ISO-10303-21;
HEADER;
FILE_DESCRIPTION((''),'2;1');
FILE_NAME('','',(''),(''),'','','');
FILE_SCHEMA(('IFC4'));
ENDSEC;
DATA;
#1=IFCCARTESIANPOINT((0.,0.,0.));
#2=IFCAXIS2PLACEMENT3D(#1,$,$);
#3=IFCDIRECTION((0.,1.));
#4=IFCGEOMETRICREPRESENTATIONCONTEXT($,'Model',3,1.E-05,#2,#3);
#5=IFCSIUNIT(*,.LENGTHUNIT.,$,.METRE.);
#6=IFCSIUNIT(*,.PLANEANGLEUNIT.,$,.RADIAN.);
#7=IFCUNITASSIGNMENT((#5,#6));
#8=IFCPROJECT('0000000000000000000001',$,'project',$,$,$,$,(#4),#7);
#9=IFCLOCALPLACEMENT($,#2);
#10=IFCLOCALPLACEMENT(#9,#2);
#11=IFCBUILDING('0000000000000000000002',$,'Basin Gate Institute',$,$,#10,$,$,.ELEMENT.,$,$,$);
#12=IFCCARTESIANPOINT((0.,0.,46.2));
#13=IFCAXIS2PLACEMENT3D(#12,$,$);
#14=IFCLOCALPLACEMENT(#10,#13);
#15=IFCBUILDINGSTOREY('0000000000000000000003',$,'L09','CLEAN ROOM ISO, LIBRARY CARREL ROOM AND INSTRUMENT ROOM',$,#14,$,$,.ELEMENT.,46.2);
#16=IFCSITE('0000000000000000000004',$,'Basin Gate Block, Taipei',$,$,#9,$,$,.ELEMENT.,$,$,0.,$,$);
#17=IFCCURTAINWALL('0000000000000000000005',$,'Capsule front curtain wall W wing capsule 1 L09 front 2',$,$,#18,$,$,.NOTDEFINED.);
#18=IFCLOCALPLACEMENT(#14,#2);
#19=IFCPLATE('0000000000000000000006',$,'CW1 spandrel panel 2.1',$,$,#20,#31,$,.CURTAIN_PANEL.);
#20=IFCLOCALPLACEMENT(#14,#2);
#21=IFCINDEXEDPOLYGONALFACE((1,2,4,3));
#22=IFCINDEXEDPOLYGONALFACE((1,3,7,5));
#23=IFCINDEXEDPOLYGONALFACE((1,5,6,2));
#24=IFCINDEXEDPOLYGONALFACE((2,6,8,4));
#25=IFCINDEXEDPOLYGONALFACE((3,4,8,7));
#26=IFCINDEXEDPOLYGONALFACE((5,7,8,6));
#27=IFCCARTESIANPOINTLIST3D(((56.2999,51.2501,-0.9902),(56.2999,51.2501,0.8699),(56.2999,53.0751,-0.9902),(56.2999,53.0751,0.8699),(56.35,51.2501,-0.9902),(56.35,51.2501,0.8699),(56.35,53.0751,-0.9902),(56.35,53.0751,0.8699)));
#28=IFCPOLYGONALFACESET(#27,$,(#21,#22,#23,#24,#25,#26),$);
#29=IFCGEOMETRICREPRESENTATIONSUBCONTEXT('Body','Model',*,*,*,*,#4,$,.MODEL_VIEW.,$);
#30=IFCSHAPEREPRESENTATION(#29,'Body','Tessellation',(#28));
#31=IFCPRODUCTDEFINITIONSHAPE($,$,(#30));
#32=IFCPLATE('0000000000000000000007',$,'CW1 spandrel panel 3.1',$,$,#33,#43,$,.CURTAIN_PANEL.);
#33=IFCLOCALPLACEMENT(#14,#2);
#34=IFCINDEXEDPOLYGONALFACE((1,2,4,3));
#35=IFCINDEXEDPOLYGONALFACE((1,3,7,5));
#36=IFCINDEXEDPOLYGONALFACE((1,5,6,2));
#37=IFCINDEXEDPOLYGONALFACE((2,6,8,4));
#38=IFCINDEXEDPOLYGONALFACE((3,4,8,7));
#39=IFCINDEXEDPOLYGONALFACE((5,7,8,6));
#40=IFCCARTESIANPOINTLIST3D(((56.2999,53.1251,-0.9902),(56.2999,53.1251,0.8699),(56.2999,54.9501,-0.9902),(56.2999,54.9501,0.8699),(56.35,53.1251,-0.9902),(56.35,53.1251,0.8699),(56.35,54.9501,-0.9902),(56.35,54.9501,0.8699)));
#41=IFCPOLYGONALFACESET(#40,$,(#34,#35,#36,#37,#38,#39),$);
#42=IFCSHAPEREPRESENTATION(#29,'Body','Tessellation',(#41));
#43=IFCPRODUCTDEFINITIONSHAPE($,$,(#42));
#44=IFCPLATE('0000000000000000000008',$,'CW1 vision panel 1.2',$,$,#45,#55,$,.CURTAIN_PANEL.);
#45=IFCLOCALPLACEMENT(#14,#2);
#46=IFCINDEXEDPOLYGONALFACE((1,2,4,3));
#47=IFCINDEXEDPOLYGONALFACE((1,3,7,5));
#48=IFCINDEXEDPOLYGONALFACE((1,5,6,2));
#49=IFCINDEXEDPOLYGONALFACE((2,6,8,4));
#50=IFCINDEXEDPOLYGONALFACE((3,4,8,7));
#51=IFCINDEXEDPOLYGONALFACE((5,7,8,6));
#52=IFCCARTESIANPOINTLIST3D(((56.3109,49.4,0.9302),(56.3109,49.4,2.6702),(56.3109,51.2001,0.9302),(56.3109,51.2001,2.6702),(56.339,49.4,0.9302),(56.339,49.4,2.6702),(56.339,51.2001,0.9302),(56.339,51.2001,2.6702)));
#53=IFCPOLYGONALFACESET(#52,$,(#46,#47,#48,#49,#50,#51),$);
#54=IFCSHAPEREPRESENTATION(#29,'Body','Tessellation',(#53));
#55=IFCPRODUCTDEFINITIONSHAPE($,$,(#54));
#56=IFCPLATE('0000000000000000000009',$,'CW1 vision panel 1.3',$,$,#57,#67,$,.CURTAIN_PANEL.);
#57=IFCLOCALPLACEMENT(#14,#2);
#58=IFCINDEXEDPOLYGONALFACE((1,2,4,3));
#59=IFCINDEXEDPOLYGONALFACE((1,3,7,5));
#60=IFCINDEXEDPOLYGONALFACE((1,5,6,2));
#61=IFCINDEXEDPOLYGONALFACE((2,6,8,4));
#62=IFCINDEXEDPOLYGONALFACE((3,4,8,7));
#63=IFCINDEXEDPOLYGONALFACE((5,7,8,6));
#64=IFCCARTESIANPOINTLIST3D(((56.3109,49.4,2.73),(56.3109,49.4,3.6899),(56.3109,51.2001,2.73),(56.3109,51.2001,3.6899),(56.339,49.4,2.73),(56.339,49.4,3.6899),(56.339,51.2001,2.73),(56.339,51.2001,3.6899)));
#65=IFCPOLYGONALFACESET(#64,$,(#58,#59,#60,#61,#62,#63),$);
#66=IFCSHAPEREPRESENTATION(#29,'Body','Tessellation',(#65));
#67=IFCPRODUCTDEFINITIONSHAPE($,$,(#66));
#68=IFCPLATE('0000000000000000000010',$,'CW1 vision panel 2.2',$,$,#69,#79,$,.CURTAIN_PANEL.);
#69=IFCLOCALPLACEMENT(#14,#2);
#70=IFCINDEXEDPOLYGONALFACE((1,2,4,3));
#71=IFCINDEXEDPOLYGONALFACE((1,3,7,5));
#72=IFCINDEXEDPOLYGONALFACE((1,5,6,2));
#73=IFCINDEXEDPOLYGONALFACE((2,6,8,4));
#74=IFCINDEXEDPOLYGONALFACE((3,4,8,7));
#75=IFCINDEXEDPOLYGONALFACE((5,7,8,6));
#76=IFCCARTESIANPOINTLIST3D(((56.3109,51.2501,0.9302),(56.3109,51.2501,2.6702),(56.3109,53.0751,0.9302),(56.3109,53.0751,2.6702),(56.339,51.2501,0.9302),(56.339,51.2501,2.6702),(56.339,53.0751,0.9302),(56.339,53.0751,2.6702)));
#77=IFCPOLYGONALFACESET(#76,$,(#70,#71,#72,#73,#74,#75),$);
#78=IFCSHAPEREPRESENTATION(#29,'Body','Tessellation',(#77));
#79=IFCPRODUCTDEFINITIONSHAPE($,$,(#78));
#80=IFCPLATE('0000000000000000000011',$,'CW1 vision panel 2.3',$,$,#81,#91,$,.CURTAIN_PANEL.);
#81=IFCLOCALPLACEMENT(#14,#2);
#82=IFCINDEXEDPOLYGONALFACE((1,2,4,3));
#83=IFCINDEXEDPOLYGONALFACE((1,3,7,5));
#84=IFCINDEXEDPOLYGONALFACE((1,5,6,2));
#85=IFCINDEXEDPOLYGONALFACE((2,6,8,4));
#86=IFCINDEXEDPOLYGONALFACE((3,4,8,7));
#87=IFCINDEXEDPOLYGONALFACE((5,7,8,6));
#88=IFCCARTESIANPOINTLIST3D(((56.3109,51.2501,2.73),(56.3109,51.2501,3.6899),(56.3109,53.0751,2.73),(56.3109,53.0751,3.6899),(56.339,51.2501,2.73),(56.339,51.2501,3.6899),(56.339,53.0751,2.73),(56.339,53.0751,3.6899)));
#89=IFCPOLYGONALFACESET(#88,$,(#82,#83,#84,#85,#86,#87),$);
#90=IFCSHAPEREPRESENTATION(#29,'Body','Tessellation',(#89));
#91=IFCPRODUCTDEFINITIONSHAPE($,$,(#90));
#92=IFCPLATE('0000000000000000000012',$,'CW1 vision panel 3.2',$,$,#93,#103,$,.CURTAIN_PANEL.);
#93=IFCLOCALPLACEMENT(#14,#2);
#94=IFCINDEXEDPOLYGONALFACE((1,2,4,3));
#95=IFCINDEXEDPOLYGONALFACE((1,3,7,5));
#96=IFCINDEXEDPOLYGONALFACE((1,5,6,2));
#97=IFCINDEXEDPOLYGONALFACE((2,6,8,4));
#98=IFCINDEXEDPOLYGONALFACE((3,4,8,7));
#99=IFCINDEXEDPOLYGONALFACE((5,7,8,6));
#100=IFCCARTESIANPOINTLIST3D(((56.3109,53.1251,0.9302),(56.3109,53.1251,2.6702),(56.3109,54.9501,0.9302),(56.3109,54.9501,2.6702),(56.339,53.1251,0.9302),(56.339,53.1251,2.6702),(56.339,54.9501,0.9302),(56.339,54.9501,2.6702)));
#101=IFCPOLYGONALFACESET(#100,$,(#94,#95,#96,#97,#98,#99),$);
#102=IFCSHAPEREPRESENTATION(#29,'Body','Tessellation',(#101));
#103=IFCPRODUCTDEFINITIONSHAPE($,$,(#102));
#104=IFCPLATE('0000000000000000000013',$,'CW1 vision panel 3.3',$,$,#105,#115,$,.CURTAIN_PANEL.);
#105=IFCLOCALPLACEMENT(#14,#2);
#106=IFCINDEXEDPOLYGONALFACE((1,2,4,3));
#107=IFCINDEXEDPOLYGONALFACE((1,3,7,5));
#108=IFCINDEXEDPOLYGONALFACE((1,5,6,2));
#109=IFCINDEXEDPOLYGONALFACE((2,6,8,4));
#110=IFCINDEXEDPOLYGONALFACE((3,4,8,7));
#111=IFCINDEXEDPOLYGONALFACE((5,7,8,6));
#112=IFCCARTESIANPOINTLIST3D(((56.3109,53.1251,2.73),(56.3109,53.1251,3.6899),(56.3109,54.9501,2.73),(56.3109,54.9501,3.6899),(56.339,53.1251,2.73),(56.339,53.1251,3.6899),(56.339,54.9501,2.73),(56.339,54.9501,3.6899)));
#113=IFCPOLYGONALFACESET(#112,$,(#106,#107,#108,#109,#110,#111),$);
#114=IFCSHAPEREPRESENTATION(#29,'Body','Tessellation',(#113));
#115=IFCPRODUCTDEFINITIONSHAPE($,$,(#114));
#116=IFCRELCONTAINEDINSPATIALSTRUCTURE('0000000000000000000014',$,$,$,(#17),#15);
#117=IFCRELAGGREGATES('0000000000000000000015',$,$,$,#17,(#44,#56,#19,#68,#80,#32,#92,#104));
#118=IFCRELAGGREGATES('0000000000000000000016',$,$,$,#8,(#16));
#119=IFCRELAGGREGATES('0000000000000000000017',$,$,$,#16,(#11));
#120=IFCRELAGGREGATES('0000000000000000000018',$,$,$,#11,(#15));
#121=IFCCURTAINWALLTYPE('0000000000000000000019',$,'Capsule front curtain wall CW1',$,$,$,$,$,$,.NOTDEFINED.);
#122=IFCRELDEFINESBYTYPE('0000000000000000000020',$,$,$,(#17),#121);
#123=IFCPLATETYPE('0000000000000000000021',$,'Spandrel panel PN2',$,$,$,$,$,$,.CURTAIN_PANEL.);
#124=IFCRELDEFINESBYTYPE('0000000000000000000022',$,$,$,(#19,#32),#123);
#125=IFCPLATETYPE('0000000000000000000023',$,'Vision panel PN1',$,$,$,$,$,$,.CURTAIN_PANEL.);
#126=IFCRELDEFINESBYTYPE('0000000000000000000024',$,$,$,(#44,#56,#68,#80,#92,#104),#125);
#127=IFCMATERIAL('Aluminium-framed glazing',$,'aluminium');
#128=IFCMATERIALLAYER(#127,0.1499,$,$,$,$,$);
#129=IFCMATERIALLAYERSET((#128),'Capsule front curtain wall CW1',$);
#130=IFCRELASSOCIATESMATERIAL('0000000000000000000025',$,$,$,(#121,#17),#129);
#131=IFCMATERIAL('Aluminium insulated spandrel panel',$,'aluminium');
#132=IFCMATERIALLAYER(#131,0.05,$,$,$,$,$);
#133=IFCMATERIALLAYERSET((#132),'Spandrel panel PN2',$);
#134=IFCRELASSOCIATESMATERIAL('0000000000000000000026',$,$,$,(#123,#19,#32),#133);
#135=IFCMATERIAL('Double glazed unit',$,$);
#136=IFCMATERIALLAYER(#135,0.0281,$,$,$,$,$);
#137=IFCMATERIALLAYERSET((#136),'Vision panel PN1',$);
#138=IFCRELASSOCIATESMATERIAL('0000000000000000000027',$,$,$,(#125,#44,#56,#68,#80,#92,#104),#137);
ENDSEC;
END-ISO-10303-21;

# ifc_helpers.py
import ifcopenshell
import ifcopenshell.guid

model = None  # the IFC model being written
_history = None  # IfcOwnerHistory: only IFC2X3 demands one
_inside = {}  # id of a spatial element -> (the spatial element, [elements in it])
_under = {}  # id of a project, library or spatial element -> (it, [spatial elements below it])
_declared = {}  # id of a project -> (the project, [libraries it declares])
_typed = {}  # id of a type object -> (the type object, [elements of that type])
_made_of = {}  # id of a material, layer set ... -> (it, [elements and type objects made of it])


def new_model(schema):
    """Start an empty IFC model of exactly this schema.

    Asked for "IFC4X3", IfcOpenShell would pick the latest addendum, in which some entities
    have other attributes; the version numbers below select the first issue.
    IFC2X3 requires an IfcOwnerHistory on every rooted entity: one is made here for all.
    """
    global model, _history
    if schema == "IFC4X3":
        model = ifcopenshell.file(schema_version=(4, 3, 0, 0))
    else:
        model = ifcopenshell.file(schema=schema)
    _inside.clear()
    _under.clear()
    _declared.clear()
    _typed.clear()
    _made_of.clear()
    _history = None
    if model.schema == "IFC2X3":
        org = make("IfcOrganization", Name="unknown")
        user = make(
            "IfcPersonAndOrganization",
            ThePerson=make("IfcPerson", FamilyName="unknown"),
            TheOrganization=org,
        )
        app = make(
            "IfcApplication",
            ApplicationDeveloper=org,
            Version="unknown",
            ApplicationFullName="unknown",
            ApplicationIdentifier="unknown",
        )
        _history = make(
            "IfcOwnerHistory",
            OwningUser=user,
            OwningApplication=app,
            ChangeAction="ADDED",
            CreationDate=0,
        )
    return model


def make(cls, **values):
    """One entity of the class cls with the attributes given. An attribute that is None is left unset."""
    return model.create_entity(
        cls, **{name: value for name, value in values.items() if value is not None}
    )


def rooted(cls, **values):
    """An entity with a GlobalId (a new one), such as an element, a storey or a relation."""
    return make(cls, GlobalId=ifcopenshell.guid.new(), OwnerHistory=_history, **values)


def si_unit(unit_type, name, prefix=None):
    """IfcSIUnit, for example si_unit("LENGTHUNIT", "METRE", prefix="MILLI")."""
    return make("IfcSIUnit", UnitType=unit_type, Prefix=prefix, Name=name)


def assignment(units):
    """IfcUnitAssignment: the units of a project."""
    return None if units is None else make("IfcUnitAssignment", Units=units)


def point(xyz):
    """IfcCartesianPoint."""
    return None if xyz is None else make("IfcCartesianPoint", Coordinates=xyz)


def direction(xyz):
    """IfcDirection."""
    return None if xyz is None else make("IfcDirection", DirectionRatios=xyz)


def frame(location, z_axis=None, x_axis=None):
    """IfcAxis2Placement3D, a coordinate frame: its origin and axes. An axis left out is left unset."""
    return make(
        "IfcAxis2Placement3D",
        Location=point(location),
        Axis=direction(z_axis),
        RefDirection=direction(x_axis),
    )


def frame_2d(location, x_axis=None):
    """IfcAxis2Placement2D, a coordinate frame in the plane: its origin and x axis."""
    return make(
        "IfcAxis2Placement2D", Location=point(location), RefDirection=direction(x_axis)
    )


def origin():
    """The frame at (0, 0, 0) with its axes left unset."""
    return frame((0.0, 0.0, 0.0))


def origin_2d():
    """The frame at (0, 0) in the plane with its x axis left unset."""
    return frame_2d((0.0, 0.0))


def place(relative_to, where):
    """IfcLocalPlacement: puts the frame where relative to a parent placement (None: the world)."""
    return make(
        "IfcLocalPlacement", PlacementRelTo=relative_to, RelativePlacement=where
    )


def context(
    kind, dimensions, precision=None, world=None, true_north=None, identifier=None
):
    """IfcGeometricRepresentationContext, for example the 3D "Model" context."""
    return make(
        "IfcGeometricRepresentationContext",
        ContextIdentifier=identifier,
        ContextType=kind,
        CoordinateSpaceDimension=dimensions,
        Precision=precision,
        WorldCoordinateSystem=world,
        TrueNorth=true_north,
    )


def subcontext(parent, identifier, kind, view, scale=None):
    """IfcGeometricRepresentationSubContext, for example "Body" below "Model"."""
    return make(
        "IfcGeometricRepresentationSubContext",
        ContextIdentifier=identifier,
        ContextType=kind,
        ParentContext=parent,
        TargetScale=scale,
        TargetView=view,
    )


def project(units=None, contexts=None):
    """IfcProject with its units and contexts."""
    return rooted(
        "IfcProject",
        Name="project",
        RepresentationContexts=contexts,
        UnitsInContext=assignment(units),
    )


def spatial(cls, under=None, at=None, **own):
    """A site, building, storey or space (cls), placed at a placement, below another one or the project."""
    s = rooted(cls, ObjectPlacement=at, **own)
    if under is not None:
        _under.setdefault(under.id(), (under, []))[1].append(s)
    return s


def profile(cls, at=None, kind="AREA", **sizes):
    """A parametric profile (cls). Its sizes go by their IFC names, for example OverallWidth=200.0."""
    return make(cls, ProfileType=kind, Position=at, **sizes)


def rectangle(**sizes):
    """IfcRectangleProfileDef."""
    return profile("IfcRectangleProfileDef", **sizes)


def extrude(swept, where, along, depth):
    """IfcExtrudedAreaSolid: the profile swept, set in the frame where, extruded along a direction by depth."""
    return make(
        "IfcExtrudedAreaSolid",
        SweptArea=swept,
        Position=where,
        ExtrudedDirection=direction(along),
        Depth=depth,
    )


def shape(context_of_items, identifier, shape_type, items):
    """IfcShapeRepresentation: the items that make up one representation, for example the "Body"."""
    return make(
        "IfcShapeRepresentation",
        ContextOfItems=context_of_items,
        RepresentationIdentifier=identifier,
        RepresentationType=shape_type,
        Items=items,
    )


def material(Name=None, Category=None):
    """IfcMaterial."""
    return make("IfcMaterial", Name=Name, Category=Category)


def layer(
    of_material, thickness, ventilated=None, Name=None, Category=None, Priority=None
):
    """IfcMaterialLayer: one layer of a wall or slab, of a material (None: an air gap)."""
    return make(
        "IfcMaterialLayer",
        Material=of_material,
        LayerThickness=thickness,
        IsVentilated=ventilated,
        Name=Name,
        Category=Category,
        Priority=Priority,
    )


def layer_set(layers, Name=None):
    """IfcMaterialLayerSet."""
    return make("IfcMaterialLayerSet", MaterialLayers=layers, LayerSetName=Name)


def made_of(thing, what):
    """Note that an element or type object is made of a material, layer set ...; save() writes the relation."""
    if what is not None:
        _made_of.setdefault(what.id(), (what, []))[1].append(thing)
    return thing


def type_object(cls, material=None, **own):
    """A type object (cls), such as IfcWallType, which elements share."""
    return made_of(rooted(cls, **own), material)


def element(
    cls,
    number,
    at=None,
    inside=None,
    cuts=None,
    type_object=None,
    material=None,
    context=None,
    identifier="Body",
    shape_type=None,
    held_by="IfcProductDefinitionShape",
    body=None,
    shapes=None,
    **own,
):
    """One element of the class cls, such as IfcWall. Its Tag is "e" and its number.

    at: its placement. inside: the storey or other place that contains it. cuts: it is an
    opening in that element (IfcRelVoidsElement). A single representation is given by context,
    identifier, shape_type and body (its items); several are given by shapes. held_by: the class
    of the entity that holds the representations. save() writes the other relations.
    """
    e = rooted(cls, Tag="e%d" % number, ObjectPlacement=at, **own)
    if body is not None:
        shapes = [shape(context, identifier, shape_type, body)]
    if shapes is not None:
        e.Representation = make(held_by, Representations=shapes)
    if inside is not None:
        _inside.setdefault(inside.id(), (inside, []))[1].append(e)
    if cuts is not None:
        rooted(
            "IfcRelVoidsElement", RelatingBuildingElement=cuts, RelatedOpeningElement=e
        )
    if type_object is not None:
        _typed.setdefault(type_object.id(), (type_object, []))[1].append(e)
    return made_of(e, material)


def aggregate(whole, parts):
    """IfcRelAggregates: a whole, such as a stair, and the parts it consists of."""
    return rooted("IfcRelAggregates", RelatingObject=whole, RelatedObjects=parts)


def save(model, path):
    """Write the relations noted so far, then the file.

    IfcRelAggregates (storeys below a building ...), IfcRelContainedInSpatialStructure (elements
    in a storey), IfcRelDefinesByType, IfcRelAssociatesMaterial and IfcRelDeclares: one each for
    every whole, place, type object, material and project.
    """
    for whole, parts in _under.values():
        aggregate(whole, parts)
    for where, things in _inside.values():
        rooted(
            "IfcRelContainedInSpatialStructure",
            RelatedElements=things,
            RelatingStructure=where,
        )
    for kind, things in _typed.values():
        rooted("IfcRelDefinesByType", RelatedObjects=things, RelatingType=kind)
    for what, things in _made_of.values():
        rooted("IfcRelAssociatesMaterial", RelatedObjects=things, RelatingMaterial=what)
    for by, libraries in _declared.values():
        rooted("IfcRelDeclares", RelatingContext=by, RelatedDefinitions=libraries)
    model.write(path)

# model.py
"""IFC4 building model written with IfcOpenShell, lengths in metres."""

from ifc_helpers import new_model, si_unit, direction, frame, origin, origin_2d, place, context, subcontext, project, spatial, rectangle, extrude, material, layer, layer_set, type_object, element, aggregate, save


model = new_model("IFC4")

# Units and contexts
model_context = context("Model", 3, precision=1e-05, world=origin(), true_north=direction((0.0, 1.0)))
body_context = subcontext(model_context, "Body", "Model", "MODEL_VIEW")
ifc_project = project(units=[si_unit("LENGTHUNIT", "METRE"), si_unit("PLANEANGLEUNIT", "RADIAN")], contexts=[model_context])

# Site, building, storey
site_placement = place(None, origin())
site = spatial("IfcSite", under=ifc_project, at=site_placement, Name="Basin Gate Block, Taipei", CompositionType="ELEMENT", RefElevation=0.0)
building_placement = place(site_placement, origin())
building = spatial("IfcBuilding", under=site, at=building_placement, Name="Basin Gate Institute", CompositionType="ELEMENT")
storey_placement = place(building_placement, frame((0.0, 0.0, 46.2)))
storey = spatial("IfcBuildingStorey", under=building, at=storey_placement, Name="L09", Description="CLEAN ROOM ISO, LIBRARY CARREL ROOM AND INSTRUMENT ROOM", CompositionType="ELEMENT", Elevation=46.2)

# Curtain wall, plates
ifc_material_1 = material(Name="Aluminium-framed glazing", Category="aluminium")
ifc_layer_1 = layer(ifc_material_1, 0.1499)
ifc_layer_set_1 = layer_set([ifc_layer_1], Name="Capsule front curtain wall CW1")
curtain_wall_type = type_object("IfcCurtainWallType", Name="Capsule front curtain wall CW1", PredefinedType="NOTDEFINED", material=ifc_layer_set_1)
curtain_wall_placement = place(storey_placement, origin())
curtain_wall = element("IfcCurtainWall", 1, at=curtain_wall_placement, inside=storey, type_object=curtain_wall_type, material=ifc_layer_set_1, Name="Capsule front curtain wall W wing capsule 1 L09 front 2", PredefinedType="NOTDEFINED")
ifc_material_2 = material(Name="Aluminium insulated spandrel panel", Category="aluminium")
ifc_layer_2 = layer(ifc_material_2, 0.05)
ifc_layer_set_2 = layer_set([ifc_layer_2], Name="Spandrel panel PN2")
plate_type_1 = type_object("IfcPlateType", Name="Spandrel panel PN2", PredefinedType="CURTAIN_PANEL", material=ifc_layer_set_2)
plate_1_placement = place(storey_placement, frame((56.325, 52.1626, -0.9902), z_axis=(0.0, 0.0, 1.0), x_axis=(0.0, 1.0, 0.0)))
plate_1 = element("IfcPlate", 2, at=plate_1_placement, type_object=plate_type_1, material=ifc_layer_set_2, Name="CW1 spandrel panel 2.1", PredefinedType="CURTAIN_PANEL", context=body_context, shape_type="SweptSolid", body=[
    extrude(rectangle(XDim=1.825, YDim=0.05, at=origin_2d()), origin(), (0.0, 0.0, 1.0), 1.8601),
])
plate_2_placement = place(storey_placement, frame((56.325, 54.0376, -0.9902), z_axis=(0.0, 0.0, 1.0), x_axis=(0.0, 1.0, 0.0)))
plate_2 = element("IfcPlate", 3, at=plate_2_placement, type_object=plate_type_1, material=ifc_layer_set_2, Name="CW1 spandrel panel 3.1", PredefinedType="CURTAIN_PANEL", context=body_context, shape_type="SweptSolid", body=[
    extrude(rectangle(XDim=1.825, YDim=0.05, at=origin_2d()), origin(), (0.0, 0.0, 1.0), 1.8601),
])
ifc_material_3 = material(Name="Double glazed unit")
ifc_layer_3 = layer(ifc_material_3, 0.0281)
ifc_layer_set_3 = layer_set([ifc_layer_3], Name="Vision panel PN1")
plate_type_2 = type_object("IfcPlateType", Name="Vision panel PN1", PredefinedType="CURTAIN_PANEL", material=ifc_layer_set_3)
plate_3_placement = place(storey_placement, frame((56.325, 50.3, 0.9302), z_axis=(0.0, 0.0, 1.0), x_axis=(0.0, 1.0, 0.0)))
plate_3 = element("IfcPlate", 4, at=plate_3_placement, type_object=plate_type_2, material=ifc_layer_set_3, Name="CW1 vision panel 1.2", PredefinedType="CURTAIN_PANEL", context=body_context, shape_type="SweptSolid", body=[
    extrude(rectangle(XDim=1.8, YDim=0.0281, at=origin_2d()), origin(), (0.0, 0.0, 1.0), 1.74),
])
plate_4_placement = place(storey_placement, frame((56.325, 50.3, 2.73), z_axis=(0.0, 0.0, 1.0), x_axis=(0.0, 1.0, 0.0)))
plate_4 = element("IfcPlate", 5, at=plate_4_placement, type_object=plate_type_2, material=ifc_layer_set_3, Name="CW1 vision panel 1.3", PredefinedType="CURTAIN_PANEL", context=body_context, shape_type="SweptSolid", body=[
    extrude(rectangle(XDim=1.8, YDim=0.0281, at=origin_2d()), origin(), (0.0, 0.0, 1.0), 0.96),
])
plate_5_placement = place(storey_placement, frame((56.325, 52.1626, 0.9302), z_axis=(0.0, 0.0, 1.0), x_axis=(0.0, 1.0, 0.0)))
plate_5 = element("IfcPlate", 6, at=plate_5_placement, type_object=plate_type_2, material=ifc_layer_set_3, Name="CW1 vision panel 2.2", PredefinedType="CURTAIN_PANEL", context=body_context, shape_type="SweptSolid", body=[
    extrude(rectangle(XDim=1.825, YDim=0.0281, at=origin_2d()), origin(), (0.0, 0.0, 1.0), 1.74),
])
plate_6_placement = place(storey_placement, frame((56.325, 52.1626, 2.73), z_axis=(0.0, 0.0, 1.0), x_axis=(0.0, 1.0, 0.0)))
plate_6 = element("IfcPlate", 7, at=plate_6_placement, type_object=plate_type_2, material=ifc_layer_set_3, Name="CW1 vision panel 2.3", PredefinedType="CURTAIN_PANEL", context=body_context, shape_type="SweptSolid", body=[
    extrude(rectangle(XDim=1.825, YDim=0.0281, at=origin_2d()), origin(), (0.0, 0.0, 1.0), 0.96),
])
plate_7_placement = place(storey_placement, frame((56.325, 54.0376, 0.9302), z_axis=(0.0, 0.0, 1.0), x_axis=(0.0, 1.0, 0.0)))
plate_7 = element("IfcPlate", 8, at=plate_7_placement, type_object=plate_type_2, material=ifc_layer_set_3, Name="CW1 vision panel 3.2", PredefinedType="CURTAIN_PANEL", context=body_context, shape_type="SweptSolid", body=[
    extrude(rectangle(XDim=1.825, YDim=0.0281, at=origin_2d()), origin(), (0.0, 0.0, 1.0), 1.74),
])
plate_8_placement = place(storey_placement, frame((56.325, 54.0376, 2.73), z_axis=(0.0, 0.0, 1.0), x_axis=(0.0, 1.0, 0.0)))
plate_8 = element("IfcPlate", 9, at=plate_8_placement, type_object=plate_type_2, material=ifc_layer_set_3, Name="CW1 vision panel 3.3", PredefinedType="CURTAIN_PANEL", context=body_context, shape_type="SweptSolid", body=[
    extrude(rectangle(XDim=1.825, YDim=0.0281, at=origin_2d()), origin(), (0.0, 0.0, 1.0), 0.96),
])
aggregate(curtain_wall, [plate_3, plate_4, plate_1, plate_5, plate_6, plate_2, plate_7, plate_8])

save(model, "model.ifc")
